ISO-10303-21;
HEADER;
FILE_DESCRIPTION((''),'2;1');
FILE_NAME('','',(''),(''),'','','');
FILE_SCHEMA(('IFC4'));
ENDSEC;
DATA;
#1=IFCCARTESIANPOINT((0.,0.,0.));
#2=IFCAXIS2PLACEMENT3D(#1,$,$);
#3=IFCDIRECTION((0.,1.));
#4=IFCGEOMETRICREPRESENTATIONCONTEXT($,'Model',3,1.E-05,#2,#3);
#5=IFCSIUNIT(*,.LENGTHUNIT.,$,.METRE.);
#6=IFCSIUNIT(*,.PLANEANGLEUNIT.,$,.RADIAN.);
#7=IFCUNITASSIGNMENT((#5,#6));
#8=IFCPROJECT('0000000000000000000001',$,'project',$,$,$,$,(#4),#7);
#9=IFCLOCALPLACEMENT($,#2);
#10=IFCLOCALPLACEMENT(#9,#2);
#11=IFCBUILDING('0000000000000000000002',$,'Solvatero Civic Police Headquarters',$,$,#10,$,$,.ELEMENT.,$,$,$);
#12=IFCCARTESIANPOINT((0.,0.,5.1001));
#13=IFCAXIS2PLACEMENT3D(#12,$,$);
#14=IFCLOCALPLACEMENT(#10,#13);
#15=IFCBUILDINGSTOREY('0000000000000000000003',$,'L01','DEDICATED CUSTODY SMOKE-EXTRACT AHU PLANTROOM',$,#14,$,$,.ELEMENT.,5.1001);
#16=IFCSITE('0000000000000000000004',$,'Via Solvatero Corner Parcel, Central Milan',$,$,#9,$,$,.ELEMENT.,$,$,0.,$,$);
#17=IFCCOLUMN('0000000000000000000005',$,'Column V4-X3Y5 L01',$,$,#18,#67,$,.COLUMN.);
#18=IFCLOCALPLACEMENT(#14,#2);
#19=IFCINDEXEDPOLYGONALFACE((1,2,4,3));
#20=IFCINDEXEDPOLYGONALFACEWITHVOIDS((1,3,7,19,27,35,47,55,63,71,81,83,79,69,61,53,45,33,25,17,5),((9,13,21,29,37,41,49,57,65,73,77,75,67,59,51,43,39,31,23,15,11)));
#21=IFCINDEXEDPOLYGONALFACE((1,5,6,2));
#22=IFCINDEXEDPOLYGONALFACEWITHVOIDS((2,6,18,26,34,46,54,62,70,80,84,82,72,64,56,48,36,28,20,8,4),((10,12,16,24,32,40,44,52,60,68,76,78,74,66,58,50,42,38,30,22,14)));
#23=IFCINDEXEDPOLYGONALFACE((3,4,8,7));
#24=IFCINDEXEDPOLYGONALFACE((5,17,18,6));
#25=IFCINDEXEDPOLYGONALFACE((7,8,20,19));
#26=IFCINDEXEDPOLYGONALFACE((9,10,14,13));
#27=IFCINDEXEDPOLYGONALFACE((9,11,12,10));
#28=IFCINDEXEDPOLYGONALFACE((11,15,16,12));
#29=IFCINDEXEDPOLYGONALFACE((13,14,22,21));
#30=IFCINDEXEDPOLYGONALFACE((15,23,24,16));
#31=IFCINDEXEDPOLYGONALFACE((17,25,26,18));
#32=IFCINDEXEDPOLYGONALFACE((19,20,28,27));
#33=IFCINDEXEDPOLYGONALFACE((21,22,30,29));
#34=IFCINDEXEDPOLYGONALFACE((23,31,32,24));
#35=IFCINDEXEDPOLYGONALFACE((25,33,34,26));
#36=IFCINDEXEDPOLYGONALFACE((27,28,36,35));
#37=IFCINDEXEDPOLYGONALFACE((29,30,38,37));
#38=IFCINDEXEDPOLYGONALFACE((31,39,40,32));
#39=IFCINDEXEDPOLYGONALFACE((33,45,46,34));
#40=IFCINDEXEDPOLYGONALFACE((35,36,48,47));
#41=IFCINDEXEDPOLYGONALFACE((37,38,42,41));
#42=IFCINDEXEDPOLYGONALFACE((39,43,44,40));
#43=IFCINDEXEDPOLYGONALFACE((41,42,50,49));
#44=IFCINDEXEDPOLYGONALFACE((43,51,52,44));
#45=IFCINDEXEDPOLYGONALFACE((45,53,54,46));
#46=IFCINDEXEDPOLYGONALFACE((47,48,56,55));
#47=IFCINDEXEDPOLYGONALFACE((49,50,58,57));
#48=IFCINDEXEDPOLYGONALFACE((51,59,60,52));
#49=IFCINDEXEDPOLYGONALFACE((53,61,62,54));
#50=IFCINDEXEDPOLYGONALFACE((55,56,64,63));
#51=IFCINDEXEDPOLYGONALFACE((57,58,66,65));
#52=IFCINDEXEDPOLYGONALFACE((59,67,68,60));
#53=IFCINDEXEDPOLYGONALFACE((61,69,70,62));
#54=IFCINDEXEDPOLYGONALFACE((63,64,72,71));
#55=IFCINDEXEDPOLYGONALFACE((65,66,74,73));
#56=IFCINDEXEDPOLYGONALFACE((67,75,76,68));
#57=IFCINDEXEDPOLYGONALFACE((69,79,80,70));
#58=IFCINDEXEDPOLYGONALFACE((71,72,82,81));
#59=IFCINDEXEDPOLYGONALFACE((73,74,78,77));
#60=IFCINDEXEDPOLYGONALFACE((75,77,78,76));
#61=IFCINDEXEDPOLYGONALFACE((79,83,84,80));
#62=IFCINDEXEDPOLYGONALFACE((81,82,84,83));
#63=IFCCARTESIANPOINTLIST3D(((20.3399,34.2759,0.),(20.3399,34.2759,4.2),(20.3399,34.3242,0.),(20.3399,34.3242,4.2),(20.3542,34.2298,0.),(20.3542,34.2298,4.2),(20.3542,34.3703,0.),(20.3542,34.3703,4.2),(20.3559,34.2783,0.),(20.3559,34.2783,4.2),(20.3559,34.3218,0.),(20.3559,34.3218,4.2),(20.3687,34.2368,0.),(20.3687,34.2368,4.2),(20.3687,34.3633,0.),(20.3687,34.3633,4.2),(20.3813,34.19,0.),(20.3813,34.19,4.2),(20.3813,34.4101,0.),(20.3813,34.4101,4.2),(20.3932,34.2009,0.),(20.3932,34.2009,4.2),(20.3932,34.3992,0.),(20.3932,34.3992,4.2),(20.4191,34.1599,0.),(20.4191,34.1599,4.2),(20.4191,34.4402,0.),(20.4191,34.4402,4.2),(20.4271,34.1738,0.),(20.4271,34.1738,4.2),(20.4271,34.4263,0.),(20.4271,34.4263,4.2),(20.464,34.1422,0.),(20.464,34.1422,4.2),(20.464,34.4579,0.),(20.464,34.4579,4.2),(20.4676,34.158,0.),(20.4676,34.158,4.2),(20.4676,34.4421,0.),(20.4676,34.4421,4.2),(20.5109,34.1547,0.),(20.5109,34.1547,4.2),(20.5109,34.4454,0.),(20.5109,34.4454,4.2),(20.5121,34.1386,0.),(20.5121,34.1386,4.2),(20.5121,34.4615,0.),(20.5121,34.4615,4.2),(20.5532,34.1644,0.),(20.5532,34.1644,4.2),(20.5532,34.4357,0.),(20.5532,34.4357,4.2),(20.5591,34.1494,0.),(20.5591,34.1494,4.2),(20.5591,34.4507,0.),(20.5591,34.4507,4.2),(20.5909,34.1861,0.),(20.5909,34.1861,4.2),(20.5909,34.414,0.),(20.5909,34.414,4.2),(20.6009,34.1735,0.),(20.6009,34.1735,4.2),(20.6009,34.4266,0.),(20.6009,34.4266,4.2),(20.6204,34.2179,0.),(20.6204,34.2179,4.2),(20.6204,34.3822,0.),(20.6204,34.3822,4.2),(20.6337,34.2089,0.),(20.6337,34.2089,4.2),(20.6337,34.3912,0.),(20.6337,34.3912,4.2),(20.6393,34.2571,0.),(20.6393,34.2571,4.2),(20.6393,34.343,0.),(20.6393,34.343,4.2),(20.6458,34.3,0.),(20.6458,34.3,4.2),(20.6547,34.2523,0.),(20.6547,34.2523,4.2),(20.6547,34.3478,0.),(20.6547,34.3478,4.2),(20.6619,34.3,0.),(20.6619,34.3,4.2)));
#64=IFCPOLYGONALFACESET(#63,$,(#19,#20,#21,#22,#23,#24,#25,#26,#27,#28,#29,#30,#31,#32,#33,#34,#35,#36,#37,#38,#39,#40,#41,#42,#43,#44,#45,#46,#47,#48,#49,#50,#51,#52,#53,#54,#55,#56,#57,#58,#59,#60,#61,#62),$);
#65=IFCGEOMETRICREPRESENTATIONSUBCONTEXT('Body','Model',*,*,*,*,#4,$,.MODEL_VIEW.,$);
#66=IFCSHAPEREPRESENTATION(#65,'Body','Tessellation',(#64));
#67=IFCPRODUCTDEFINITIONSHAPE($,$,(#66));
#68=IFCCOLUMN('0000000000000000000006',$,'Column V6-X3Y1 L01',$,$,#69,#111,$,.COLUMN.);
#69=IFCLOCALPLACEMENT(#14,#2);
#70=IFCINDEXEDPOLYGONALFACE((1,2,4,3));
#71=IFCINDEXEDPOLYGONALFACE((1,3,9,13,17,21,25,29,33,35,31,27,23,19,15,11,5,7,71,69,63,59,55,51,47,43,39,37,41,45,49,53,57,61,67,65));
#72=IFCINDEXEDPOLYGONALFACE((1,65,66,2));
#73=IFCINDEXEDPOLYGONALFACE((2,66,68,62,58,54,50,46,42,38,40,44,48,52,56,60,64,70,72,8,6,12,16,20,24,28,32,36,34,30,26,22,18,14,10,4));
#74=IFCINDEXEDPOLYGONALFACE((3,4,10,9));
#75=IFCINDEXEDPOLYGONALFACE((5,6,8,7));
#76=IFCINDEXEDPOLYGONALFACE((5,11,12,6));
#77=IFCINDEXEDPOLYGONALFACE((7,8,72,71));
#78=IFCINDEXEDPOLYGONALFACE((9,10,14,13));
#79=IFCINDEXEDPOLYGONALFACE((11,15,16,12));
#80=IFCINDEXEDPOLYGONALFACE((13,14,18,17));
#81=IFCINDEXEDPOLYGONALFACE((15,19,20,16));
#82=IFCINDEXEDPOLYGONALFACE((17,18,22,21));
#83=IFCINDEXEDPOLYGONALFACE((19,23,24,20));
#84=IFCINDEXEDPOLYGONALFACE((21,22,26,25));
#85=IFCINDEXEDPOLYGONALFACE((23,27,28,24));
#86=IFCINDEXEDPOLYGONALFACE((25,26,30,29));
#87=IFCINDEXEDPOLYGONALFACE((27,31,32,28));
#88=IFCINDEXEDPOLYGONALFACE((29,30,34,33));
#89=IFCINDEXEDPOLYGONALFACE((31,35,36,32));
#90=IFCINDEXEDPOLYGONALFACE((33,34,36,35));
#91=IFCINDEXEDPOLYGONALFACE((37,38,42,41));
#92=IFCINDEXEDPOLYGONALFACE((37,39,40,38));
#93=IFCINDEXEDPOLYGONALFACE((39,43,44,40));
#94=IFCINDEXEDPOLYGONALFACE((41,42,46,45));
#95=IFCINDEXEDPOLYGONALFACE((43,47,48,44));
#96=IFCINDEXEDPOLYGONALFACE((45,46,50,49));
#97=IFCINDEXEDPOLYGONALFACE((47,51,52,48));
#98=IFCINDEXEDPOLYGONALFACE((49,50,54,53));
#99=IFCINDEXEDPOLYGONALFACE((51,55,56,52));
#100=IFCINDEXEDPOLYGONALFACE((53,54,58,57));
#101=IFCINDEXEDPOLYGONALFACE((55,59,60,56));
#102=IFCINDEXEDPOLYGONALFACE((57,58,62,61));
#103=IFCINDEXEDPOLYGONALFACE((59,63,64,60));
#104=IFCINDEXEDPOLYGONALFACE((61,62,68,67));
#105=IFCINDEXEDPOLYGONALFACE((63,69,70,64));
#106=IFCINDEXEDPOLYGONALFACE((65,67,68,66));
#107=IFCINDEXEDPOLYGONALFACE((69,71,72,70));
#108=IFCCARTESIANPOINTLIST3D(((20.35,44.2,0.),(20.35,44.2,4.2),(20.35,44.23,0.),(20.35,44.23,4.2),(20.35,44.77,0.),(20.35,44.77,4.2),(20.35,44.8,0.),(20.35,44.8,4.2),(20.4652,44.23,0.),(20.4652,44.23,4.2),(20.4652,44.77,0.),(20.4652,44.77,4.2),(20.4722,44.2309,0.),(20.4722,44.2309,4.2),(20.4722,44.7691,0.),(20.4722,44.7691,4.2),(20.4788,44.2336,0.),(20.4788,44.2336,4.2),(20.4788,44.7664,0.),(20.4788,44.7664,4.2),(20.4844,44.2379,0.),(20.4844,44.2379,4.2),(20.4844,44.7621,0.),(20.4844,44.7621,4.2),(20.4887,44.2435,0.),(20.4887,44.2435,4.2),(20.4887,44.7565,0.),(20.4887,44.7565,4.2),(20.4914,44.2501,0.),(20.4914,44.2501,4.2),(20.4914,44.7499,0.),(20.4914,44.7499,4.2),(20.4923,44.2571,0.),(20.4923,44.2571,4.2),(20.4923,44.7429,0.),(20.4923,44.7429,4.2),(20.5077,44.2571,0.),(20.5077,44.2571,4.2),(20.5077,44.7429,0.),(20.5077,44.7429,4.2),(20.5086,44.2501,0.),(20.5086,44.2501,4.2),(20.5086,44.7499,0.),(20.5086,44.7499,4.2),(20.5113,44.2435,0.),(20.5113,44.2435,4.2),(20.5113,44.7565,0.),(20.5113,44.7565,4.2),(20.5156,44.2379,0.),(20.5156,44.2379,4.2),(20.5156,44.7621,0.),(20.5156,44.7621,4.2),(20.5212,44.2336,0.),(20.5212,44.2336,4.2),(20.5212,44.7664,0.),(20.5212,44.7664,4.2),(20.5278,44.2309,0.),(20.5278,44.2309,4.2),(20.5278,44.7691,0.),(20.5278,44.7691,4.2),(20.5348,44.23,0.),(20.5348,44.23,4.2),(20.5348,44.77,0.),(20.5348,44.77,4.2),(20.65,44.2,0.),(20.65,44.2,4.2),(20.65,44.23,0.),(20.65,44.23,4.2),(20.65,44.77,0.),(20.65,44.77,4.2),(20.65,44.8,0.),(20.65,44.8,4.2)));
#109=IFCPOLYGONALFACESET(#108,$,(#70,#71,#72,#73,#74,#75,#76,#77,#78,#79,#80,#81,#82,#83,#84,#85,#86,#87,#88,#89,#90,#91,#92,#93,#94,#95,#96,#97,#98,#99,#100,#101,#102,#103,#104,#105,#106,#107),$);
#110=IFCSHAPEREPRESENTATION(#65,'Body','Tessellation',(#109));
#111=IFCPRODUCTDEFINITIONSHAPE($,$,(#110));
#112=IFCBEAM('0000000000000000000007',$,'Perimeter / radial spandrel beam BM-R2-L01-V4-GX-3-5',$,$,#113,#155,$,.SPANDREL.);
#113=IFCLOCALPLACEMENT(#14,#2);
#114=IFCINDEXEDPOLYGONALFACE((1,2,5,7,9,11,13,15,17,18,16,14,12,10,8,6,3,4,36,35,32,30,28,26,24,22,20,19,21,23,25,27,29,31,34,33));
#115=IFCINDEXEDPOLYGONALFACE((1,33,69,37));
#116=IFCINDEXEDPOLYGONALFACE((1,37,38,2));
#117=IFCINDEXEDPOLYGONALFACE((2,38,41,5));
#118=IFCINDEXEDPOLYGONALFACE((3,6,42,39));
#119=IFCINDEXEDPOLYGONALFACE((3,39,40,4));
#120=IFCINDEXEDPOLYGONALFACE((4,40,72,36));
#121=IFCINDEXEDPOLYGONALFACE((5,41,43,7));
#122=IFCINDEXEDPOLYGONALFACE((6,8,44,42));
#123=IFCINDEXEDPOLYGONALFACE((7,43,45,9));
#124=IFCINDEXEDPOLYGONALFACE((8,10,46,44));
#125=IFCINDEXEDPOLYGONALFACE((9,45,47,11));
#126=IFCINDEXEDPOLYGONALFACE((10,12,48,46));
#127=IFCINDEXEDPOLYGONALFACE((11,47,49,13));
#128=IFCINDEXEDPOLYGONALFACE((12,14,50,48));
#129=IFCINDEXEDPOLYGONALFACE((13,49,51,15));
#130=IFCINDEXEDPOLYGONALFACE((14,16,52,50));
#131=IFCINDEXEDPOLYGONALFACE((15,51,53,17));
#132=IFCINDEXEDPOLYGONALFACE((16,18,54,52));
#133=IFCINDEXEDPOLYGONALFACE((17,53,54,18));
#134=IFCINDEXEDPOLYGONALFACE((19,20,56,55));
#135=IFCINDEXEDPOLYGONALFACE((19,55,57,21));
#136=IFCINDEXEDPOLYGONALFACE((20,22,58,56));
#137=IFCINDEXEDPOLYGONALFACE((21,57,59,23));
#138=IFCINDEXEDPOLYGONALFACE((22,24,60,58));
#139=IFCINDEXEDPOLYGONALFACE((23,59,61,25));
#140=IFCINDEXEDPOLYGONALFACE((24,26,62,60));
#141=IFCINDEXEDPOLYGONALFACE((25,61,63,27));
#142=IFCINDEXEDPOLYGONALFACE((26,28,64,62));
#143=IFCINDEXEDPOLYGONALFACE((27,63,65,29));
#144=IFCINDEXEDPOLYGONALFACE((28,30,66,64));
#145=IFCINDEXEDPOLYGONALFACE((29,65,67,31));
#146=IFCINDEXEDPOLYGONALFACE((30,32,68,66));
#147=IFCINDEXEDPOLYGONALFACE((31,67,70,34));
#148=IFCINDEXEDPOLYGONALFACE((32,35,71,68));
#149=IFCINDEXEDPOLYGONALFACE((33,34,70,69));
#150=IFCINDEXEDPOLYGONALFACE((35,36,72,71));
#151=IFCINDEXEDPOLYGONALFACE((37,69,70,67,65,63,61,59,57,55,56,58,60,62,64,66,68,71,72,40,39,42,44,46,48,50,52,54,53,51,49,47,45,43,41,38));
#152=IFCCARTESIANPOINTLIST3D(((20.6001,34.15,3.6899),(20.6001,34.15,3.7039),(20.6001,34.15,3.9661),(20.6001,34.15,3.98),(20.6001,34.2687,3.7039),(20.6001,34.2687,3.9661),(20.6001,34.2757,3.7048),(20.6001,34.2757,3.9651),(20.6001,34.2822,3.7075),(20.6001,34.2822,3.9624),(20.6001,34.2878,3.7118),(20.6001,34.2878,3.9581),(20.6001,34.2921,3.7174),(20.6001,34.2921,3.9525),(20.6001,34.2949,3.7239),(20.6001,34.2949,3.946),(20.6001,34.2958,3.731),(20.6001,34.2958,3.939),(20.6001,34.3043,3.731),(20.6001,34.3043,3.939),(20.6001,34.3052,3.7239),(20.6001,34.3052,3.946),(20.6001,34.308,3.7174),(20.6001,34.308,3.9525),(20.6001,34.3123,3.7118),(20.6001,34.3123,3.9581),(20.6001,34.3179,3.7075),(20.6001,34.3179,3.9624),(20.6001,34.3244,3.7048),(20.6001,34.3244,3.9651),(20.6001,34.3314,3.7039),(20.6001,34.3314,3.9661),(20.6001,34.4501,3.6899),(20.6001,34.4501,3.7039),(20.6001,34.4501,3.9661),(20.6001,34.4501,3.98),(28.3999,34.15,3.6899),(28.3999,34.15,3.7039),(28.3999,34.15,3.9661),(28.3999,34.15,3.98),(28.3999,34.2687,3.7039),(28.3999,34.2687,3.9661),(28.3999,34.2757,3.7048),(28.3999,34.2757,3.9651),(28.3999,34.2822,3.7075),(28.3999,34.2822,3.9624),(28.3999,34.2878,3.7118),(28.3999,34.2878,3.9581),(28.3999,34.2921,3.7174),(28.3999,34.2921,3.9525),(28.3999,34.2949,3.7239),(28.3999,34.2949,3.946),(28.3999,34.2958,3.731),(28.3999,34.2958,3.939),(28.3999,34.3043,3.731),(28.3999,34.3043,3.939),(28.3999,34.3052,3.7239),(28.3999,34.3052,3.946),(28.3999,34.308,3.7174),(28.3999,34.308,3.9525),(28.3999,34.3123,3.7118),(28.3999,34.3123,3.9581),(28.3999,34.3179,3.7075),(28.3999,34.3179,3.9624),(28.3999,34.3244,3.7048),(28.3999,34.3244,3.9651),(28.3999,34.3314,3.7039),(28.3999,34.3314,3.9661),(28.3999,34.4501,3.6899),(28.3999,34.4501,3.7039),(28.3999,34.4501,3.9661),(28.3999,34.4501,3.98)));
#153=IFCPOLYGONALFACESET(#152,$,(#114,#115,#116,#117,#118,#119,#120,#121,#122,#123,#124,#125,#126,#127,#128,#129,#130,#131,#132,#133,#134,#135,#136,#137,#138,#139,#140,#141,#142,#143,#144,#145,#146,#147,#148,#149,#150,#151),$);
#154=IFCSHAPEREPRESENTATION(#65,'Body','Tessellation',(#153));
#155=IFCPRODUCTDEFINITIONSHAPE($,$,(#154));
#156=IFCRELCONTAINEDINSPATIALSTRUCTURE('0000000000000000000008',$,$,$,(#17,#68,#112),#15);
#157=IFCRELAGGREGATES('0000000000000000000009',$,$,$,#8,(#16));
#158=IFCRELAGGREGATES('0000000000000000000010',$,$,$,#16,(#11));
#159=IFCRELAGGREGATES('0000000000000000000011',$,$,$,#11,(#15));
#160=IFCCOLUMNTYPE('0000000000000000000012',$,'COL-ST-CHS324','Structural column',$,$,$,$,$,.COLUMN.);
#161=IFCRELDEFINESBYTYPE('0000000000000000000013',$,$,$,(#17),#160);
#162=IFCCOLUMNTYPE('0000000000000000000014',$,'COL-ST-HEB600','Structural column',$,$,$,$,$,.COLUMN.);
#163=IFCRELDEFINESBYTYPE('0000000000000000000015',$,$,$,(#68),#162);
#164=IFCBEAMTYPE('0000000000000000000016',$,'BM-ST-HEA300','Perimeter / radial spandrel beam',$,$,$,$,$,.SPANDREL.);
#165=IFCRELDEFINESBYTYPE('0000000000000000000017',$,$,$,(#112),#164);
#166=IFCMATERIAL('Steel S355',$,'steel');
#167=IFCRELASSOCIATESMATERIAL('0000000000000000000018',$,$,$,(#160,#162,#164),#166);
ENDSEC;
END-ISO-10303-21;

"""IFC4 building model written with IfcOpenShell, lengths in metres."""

from ifc_helpers import new_model, si_unit, direction, frame, origin, origin_2d, place, context, subcontext, project, spatial, hollow_circle, i_section, extrude, material, material_profile, profile_set, type_object, element, save


model = new_model("IFC4")

# Units and contexts
model_context = context("Model", 3, precision=1e-05, world=origin(), true_north=direction((0.0, 1.0)))
body_context = subcontext(model_context, "Body", "Model", "MODEL_VIEW")
ifc_project = project(units=[si_unit("LENGTHUNIT", "METRE"), si_unit("PLANEANGLEUNIT", "RADIAN")], contexts=[model_context])

# Site, building, storey
site_placement = place(None, origin())
site = spatial("IfcSite", under=ifc_project, at=site_placement, Name="Via Solvatero Corner Parcel, Central Milan", CompositionType="ELEMENT", RefElevation=0.0)
building_placement = place(site_placement, origin())
building = spatial("IfcBuilding", under=site, at=building_placement, Name="Solvatero Civic Police Headquarters", CompositionType="ELEMENT")
storey_placement = place(building_placement, frame((0.0, 0.0, 5.1001)))
storey = spatial("IfcBuildingStorey", under=building, at=storey_placement, Name="L01", Description="DEDICATED CUSTODY SMOKE-EXTRACT AHU PLANTROOM", CompositionType="ELEMENT", Elevation=5.1001)

# Columns
ifc_material_1 = material(Name="Steel S355", Category="steel")
ifc_material_profile_1 = material_profile(ifc_material_1, hollow_circle(Radius=0.1619, WallThickness=0.0161, at=origin_2d()), Name="CHS 323.9x16.0")
ifc_profile_set_1 = profile_set([ifc_material_profile_1], Name="Steel S355")
column_type_1 = type_object("IfcColumnType", Name="COL-ST-CHS324", Description="Structural column", PredefinedType="COLUMN", material=ifc_profile_set_1)
column_1_placement = place(storey_placement, frame((20.5, 34.3, 0.0), z_axis=(0.0, 0.0, 1.0), x_axis=(1.0, 0.0, 0.0)))
element("IfcColumn", 1, at=column_1_placement, inside=storey, type_object=column_type_1, Name="Column V4-X3Y5 L01", PredefinedType="COLUMN", context=body_context, shape_type="SweptSolid", body=[
    extrude(hollow_circle(Radius=0.1619, WallThickness=0.0161, at=origin_2d()), origin(), (0.0, 0.0, 1.0), 4.2),
])
ifc_material_profile_2 = material_profile(ifc_material_1, i_section(OverallWidth=0.3, OverallDepth=0.6001, WebThickness=0.0154, FlangeThickness=0.03, FilletRadius=0.0271, at=origin_2d()), Name="HEB 600")
ifc_profile_set_2 = profile_set([ifc_material_profile_2], Name="Steel S355")
column_type_2 = type_object("IfcColumnType", Name="COL-ST-HEB600", Description="Structural column", PredefinedType="COLUMN", material=ifc_profile_set_2)
column_2_placement = place(storey_placement, frame((20.5, 44.5, 0.0), z_axis=(0.0, 0.0, 1.0), x_axis=(1.0, 0.0, 0.0)))
element("IfcColumn", 2, at=column_2_placement, inside=storey, type_object=column_type_2, Name="Column V6-X3Y1 L01", PredefinedType="COLUMN", context=body_context, shape_type="SweptSolid", body=[
    extrude(i_section(OverallWidth=0.3, OverallDepth=0.6001, WebThickness=0.0154, FlangeThickness=0.03, FilletRadius=0.0271, at=origin_2d()), origin(), (0.0, 0.0, 1.0), 4.2),
])

# Beam
ifc_material_profile_3 = material_profile(ifc_material_1, i_section(OverallWidth=0.3, OverallDepth=0.29, WebThickness=0.0085, FlangeThickness=0.0139, FilletRadius=0.0271, at=origin_2d()), Name="HEA 300")
ifc_profile_set_3 = profile_set([ifc_material_profile_3], Name="Steel S355")
beam_type_1 = type_object("IfcBeamType", Name="BM-ST-HEA300", Description="Perimeter / radial spandrel beam", PredefinedType="SPANDREL", material=ifc_profile_set_3)
beam_1_placement = place(storey_placement, frame((20.6001, 34.3, 3.835), z_axis=(1.0, 0.0, 0.0), x_axis=(0.0, 1.0, 0.0)))
element("IfcBeam", 3, at=beam_1_placement, inside=storey, type_object=beam_type_1, Name="Perimeter / radial spandrel beam BM-R2-L01-V4-GX-3-5", PredefinedType="SPANDREL", context=body_context, shape_type="SweptSolid", body=[
    extrude(i_section(OverallWidth=0.3, OverallDepth=0.29, WebThickness=0.0085, FlangeThickness=0.0139, FilletRadius=0.0271, at=origin_2d()), origin(), (0.0, 0.0, 1.0), 7.7998),
])

save(model, "model.ifc")
